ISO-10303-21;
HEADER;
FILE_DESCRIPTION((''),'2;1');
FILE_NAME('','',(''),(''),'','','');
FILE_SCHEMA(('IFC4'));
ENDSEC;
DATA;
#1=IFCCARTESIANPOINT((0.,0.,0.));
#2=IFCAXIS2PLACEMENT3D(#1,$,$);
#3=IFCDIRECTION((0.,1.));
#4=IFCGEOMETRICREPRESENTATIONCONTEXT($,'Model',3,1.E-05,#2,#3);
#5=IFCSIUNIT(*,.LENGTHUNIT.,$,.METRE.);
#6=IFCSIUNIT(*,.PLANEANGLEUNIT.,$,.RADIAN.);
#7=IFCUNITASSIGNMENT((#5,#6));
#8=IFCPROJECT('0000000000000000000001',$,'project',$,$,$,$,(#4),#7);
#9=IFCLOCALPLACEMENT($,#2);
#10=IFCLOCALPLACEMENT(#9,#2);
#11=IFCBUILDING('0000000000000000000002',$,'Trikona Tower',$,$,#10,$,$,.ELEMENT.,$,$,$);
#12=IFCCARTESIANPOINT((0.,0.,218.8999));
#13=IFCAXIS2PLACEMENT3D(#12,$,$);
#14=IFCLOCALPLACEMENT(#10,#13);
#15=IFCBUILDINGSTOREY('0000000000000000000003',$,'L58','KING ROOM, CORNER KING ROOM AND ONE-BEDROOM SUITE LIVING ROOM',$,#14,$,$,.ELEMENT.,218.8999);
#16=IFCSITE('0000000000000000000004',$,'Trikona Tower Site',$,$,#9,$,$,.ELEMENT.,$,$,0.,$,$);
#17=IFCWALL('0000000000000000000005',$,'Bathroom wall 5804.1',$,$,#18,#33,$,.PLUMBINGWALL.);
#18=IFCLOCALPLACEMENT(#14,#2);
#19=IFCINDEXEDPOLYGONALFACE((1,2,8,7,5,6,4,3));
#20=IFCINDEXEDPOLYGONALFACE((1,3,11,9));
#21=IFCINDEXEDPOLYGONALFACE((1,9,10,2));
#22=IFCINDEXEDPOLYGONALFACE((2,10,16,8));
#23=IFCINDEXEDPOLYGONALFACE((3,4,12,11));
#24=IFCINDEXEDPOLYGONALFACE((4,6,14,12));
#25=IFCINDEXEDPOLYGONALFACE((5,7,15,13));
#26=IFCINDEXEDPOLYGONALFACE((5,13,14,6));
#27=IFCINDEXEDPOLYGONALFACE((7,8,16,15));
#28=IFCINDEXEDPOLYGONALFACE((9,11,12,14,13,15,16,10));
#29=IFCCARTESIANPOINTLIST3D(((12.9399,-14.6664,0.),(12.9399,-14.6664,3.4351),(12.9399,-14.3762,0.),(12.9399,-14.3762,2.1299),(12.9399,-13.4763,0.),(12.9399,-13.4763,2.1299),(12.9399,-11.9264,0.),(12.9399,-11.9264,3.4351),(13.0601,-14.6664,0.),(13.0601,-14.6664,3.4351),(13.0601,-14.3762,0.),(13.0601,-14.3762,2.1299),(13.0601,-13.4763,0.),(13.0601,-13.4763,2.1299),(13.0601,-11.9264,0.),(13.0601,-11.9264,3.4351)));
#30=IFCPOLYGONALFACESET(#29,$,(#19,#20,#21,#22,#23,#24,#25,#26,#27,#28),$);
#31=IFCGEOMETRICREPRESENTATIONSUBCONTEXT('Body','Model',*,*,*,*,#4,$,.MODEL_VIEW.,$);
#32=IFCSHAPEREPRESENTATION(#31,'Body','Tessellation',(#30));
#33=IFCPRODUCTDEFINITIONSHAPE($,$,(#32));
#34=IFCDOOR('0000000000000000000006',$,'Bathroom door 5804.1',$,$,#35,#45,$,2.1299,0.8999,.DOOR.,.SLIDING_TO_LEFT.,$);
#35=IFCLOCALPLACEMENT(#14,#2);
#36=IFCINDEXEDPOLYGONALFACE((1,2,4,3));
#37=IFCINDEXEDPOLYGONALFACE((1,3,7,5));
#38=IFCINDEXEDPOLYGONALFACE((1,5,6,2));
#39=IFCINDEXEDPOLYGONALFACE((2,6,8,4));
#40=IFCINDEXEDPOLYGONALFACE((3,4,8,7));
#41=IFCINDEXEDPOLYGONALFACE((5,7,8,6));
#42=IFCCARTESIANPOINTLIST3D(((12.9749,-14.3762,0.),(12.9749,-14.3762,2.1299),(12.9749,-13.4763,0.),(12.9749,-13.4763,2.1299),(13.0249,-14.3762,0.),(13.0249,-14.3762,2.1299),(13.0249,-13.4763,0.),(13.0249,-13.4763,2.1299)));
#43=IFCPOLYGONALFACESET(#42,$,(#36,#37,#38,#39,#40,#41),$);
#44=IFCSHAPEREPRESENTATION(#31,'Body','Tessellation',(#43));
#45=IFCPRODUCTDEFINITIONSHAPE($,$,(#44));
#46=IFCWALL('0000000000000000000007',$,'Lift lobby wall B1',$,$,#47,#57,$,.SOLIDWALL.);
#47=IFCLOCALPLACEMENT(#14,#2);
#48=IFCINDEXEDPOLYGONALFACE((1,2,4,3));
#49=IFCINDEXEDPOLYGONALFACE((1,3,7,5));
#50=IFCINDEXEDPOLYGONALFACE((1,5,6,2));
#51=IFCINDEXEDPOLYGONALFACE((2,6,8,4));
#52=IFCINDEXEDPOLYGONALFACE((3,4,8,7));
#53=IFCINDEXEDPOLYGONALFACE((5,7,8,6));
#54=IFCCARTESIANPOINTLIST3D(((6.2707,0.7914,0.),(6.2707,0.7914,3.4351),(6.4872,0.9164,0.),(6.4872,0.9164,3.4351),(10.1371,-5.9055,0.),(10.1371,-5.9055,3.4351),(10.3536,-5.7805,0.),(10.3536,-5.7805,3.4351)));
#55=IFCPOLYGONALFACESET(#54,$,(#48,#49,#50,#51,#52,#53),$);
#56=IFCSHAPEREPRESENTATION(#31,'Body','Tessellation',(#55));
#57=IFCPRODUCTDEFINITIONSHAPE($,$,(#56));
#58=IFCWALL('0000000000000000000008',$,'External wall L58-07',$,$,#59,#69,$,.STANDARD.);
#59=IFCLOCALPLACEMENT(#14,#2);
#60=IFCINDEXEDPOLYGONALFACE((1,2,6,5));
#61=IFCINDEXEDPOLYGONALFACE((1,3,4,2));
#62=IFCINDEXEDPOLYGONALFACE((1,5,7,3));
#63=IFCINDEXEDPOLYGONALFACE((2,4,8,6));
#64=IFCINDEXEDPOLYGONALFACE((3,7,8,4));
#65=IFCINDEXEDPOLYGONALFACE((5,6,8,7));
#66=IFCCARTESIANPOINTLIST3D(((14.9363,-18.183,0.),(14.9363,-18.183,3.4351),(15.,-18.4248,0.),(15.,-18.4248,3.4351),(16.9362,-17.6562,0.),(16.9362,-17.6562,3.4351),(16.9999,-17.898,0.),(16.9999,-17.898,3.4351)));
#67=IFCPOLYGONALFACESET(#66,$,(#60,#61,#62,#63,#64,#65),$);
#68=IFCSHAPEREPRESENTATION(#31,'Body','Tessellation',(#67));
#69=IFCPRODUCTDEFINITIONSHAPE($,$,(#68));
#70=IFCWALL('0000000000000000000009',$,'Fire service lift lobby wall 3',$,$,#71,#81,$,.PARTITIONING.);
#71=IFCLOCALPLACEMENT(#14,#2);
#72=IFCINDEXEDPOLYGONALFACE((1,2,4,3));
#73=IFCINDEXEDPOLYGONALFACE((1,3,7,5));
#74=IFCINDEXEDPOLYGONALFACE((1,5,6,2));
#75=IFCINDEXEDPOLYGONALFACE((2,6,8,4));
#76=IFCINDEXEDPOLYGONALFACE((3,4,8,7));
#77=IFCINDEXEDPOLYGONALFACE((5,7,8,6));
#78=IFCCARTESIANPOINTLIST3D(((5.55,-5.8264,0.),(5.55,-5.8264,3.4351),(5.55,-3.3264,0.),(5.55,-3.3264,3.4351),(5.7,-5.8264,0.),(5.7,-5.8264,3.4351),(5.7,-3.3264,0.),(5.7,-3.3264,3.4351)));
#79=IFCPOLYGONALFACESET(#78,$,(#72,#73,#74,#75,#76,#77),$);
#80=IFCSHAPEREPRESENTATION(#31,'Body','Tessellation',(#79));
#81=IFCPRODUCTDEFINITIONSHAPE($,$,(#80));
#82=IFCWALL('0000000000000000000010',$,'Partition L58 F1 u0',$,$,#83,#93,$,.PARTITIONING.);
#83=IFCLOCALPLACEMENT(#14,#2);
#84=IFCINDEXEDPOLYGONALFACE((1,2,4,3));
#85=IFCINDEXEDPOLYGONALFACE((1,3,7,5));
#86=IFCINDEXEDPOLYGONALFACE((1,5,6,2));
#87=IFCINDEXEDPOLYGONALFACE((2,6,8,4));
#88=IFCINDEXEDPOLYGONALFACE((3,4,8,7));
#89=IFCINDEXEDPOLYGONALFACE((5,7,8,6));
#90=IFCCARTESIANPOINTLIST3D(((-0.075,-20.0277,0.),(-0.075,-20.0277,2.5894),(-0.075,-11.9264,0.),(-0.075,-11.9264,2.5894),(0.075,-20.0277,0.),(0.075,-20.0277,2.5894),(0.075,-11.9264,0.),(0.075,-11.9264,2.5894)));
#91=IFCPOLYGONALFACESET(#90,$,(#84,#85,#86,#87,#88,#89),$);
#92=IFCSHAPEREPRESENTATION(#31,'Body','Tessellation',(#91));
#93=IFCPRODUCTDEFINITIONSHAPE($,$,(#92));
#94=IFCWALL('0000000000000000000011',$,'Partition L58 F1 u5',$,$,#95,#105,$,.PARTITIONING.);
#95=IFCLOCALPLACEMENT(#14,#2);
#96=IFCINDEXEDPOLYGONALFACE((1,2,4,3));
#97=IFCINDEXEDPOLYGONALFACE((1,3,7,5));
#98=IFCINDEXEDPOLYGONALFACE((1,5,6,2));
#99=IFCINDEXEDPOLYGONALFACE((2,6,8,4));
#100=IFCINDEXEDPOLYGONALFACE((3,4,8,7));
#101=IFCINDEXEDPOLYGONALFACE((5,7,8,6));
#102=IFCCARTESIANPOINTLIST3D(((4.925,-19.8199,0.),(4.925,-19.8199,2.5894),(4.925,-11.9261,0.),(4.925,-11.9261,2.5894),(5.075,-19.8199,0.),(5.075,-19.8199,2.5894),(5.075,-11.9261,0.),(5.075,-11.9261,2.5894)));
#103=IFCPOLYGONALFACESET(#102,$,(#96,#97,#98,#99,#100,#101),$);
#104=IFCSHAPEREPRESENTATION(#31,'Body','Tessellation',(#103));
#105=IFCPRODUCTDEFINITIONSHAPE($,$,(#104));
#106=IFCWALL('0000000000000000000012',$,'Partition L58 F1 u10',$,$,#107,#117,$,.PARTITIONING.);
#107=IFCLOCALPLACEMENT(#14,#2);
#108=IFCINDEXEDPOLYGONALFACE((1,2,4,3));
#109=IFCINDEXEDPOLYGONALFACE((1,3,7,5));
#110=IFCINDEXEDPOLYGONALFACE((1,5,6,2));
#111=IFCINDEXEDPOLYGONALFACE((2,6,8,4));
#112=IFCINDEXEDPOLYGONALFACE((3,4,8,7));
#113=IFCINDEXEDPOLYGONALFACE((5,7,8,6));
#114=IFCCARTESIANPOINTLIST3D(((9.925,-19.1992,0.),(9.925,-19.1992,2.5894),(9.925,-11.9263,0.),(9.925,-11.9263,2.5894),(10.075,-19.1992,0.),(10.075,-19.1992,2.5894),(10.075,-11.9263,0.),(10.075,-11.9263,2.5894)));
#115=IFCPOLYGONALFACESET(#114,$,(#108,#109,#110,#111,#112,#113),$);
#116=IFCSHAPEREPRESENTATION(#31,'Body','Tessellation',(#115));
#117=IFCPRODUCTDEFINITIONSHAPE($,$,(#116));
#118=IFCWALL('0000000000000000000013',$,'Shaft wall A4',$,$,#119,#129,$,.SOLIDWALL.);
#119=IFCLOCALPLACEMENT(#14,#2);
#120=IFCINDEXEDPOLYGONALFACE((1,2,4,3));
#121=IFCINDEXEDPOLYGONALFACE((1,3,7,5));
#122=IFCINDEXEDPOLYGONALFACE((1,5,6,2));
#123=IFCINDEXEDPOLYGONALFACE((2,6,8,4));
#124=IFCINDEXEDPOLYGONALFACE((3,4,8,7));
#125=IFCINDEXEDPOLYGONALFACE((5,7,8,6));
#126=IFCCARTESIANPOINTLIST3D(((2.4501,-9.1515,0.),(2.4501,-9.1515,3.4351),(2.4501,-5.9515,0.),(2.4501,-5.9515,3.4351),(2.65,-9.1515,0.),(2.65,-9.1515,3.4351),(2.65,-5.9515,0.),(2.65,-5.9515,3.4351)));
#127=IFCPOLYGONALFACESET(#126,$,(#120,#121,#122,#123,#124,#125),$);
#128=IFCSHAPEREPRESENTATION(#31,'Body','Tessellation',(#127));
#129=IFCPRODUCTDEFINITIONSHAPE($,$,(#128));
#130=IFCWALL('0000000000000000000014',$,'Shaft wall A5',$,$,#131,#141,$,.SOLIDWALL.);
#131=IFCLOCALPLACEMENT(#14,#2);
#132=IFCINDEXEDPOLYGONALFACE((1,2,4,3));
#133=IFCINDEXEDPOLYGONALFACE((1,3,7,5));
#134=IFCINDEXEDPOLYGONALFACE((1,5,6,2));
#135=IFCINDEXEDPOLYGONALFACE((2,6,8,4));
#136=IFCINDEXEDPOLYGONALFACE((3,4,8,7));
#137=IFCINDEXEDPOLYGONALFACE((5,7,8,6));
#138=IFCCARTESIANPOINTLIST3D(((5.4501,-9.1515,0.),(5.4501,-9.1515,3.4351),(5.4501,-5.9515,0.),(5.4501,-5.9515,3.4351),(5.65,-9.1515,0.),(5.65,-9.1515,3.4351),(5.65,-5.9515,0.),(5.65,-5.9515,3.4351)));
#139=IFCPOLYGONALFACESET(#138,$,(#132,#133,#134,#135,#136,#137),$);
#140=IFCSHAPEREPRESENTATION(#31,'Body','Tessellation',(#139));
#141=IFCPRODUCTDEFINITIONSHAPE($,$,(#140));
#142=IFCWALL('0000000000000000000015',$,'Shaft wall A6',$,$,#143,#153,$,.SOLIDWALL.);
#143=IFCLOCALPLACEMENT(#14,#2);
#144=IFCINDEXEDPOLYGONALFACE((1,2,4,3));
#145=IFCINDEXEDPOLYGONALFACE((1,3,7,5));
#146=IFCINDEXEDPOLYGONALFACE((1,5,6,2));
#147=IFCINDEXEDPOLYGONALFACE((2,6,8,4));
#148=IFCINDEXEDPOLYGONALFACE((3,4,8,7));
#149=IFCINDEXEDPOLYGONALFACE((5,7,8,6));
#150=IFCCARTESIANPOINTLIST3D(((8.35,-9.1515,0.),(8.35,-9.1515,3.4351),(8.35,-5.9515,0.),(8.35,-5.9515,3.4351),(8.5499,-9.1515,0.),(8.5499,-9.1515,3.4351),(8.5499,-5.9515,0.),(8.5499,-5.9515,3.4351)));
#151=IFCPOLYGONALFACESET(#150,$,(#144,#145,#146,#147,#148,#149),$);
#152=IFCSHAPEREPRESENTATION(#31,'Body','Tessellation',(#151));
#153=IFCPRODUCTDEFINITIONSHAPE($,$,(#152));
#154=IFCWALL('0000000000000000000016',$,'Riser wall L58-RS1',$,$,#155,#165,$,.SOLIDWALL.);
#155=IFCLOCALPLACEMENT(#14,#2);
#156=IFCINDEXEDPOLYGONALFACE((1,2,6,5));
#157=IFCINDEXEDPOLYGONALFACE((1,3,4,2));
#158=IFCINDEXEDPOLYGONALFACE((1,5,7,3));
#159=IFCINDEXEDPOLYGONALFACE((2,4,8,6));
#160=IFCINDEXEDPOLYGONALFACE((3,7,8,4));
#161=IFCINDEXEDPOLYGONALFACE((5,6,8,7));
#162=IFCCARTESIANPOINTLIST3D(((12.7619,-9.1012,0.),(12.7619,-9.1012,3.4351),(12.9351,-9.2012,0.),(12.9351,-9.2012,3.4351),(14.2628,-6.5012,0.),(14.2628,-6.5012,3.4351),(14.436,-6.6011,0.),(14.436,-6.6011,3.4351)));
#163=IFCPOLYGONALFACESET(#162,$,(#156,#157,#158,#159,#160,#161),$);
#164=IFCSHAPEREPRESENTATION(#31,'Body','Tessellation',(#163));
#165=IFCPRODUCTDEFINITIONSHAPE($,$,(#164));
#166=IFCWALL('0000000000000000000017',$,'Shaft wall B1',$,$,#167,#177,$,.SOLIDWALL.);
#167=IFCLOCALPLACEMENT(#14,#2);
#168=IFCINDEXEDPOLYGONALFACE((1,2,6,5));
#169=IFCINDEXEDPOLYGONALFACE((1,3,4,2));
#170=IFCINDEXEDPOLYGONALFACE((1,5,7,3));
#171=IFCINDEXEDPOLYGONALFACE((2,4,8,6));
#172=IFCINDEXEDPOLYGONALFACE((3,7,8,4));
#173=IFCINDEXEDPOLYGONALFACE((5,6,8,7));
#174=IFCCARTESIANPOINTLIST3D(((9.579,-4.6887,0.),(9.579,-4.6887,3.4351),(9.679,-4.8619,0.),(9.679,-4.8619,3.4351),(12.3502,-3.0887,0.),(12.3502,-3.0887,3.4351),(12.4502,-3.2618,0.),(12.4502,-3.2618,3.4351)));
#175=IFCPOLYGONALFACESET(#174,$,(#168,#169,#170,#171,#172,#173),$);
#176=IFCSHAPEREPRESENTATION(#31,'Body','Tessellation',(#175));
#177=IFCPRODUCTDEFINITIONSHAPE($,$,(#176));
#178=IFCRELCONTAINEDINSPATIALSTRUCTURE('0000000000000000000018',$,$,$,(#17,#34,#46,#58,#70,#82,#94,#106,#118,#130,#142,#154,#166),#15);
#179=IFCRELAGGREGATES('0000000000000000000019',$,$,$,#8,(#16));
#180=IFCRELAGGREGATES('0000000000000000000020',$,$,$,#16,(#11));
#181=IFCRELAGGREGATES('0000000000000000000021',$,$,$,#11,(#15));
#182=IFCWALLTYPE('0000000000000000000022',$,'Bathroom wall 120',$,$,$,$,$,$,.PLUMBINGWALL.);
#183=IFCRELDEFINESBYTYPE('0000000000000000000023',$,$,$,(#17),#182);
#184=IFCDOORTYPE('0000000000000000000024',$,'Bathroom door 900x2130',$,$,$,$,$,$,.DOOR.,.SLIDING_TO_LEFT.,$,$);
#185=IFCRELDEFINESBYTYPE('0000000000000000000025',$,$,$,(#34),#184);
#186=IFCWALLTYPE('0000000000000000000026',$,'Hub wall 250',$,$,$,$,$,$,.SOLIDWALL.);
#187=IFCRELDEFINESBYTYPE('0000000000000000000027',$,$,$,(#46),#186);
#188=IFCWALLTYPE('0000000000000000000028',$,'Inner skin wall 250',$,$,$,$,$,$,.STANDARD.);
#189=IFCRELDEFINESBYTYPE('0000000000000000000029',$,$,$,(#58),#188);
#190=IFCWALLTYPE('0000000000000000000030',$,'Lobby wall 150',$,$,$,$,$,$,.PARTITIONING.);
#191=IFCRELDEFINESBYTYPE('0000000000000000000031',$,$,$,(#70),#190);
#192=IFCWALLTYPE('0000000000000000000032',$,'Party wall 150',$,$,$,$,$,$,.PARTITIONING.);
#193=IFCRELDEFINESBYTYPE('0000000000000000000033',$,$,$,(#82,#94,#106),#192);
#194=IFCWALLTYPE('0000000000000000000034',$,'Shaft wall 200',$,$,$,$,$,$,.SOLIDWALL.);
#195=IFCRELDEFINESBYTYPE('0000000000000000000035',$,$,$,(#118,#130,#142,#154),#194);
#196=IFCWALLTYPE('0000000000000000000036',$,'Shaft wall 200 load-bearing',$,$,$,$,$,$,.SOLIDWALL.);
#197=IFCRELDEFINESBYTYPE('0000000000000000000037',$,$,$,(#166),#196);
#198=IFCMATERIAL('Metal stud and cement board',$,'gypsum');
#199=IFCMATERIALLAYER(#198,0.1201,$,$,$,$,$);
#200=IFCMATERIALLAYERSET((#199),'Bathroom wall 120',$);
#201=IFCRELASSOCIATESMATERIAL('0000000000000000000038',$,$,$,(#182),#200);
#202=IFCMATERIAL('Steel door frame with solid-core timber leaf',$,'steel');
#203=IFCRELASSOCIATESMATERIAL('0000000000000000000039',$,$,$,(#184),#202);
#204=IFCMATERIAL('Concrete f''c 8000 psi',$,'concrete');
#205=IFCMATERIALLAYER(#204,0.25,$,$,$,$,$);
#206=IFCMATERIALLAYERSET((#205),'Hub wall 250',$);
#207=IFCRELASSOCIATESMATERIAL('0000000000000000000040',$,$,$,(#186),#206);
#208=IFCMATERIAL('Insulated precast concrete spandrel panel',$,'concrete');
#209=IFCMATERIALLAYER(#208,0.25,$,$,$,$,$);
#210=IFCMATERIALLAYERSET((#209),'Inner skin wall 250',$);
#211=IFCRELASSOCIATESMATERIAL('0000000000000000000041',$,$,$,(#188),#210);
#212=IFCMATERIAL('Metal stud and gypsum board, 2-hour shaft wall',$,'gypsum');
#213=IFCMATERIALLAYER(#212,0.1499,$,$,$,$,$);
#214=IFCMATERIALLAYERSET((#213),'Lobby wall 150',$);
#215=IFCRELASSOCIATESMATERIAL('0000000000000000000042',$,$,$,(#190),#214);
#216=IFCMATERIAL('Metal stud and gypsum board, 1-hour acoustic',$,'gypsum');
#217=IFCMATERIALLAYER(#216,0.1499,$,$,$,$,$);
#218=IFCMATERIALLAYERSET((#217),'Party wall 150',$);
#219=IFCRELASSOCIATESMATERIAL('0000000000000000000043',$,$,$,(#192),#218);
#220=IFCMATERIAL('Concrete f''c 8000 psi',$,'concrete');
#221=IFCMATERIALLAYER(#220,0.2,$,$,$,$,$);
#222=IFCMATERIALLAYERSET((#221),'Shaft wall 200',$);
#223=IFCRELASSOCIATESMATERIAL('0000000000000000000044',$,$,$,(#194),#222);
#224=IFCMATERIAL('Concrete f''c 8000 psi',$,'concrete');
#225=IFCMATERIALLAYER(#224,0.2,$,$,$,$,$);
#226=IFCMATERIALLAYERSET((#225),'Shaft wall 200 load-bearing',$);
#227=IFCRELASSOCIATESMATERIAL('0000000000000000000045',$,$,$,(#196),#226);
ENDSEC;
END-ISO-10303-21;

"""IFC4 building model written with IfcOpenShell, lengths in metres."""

from ifc_helpers import new_model, si_unit, direction, frame, frame_2d, origin, place, context, subcontext, project, spatial, rectangle, extrude, material, layer, layer_set, type_object, element, fill, save


model = new_model("IFC4")

# Units and contexts
model_context = context("Model", 3, precision=1e-05, world=origin(), true_north=direction((0.0, 1.0)))
body_context = subcontext(model_context, "Body", "Model", "MODEL_VIEW")
ifc_project = project(units=[si_unit("LENGTHUNIT", "METRE"), si_unit("PLANEANGLEUNIT", "RADIAN")], contexts=[model_context])

# Site, building, storey
site_placement = place(None, origin())
site = spatial("IfcSite", under=ifc_project, at=site_placement, Name="Trikona Tower Site", CompositionType="ELEMENT", RefElevation=0.0)
building_placement = place(site_placement, origin())
building = spatial("IfcBuilding", under=site, at=building_placement, Name="Trikona Tower", CompositionType="ELEMENT")
storey_placement = place(building_placement, frame((0.0, 0.0, 218.8999)))
storey = spatial("IfcBuildingStorey", under=building, at=storey_placement, Name="L58", Description="KING ROOM, CORNER KING ROOM AND ONE-BEDROOM SUITE LIVING ROOM", CompositionType="ELEMENT", Elevation=218.8999)

# Shared definitions
ifc_material_1 = material(Name="Metal stud and cement board", Category="gypsum")
ifc_layer_1 = layer(ifc_material_1, 0.1201)
ifc_layer_set_1 = layer_set([ifc_layer_1], Name="Bathroom wall 120")
wall_type_1 = type_object("IfcWallType", Name="Bathroom wall 120", PredefinedType="PLUMBINGWALL", material=ifc_layer_set_1)

# Shared definitions
ifc_material_2 = material(Name="Steel door frame with solid-core timber leaf", Category="steel")
door_type_1 = type_object("IfcDoorType", Name="Bathroom door 900x2130", OperationType="SLIDING_TO_LEFT", PredefinedType="DOOR", material=ifc_material_2)

# Wall, opening, door
wall_1_placement = place(storey_placement, frame((13.0, -11.9263, 0.0), z_axis=(0.0, 0.0, 1.0), x_axis=(0.0, -1.0, 0.0)))
wall_1 = element("IfcWall", 1, at=wall_1_placement, inside=storey, type_object=wall_type_1, Name="Bathroom wall 5804.1", PredefinedType="PLUMBINGWALL", context=body_context, shape_type="SweptSolid", body=[
    extrude(rectangle(XDim=2.74, YDim=0.1201, at=frame_2d((1.3701, 0.0))), origin(), (0.0, 0.0, 1.0), 3.4351),
])
opening_1_placement = place(wall_1_placement, frame((1.55, 0.0, 0.0)))
opening_1 = element("IfcOpeningElement", 2, at=opening_1_placement, cuts=wall_1, PredefinedType="OPENING", context=body_context, shape_type="SweptSolid", body=[
    extrude(rectangle(XDim=0.8999, YDim=2.1299, at=frame_2d((0.45, 1.0649))), frame((0.0, 0.0701, 0.0), z_axis=(0.0, -1.0, 0.0), x_axis=(1.0, 0.0, 0.0)), (0.0, 0.0, 1.0), 0.1401),
])
door_1_placement = place(opening_1_placement, origin())
door_1 = element("IfcDoor", 3, at=door_1_placement, inside=storey, type_object=door_type_1, Name="Bathroom door 5804.1", OperationType="SLIDING_TO_LEFT", OverallHeight=2.1299, OverallWidth=0.8999, PredefinedType="DOOR", context=body_context, shape_type="SweptSolid", body=[
    extrude(rectangle(XDim=0.8999, YDim=2.1299, at=frame_2d((0.45, 1.0649))), frame((0.0, 0.0249, 0.0), z_axis=(0.0, -1.0, 0.0), x_axis=(1.0, 0.0, 0.0)), (0.0, 0.0, 1.0), 0.05),
])
fill(opening_1, door_1)

# Walls
ifc_material_3 = material(Name="Concrete f'c 8000 psi", Category="concrete")
ifc_layer_2 = layer(ifc_material_3, 0.25)
ifc_layer_set_2 = layer_set([ifc_layer_2], Name="Hub wall 250")
wall_type_2 = type_object("IfcWallType", Name="Hub wall 250", PredefinedType="SOLIDWALL", material=ifc_layer_set_2)
wall_2_placement = place(storey_placement, frame((10.2454, -5.843, 0.0), z_axis=(0.0, 0.0, 1.0), x_axis=(-0.499993, 0.866029, 0.0)))
element("IfcWall", 4, at=wall_2_placement, inside=storey, type_object=wall_type_2, Name="Lift lobby wall B1", PredefinedType="SOLIDWALL", context=body_context, shape_type="SweptSolid", body=[
    extrude(rectangle(XDim=7.7329, YDim=0.25, at=frame_2d((3.8665, 0.0))), origin(), (0.0, 0.0, 1.0), 3.4351),
])
ifc_material_4 = material(Name="Insulated precast concrete spandrel panel", Category="concrete")
ifc_layer_3 = layer(ifc_material_4, 0.25)
ifc_layer_set_3 = layer_set([ifc_layer_3], Name="Inner skin wall 250")
wall_type_3 = type_object("IfcWallType", Name="Inner skin wall 250", PredefinedType="STANDARD", material=ifc_layer_set_3)
wall_3_placement = place(storey_placement, frame((14.968, -18.304, 0.0), z_axis=(0.0, 0.0, 1.0), x_axis=(0.96701, 0.254737, 0.0)))
element("IfcWall", 5, at=wall_3_placement, inside=storey, type_object=wall_type_3, Name="External wall L58-07", PredefinedType="STANDARD", context=body_context, shape_type="SweptSolid", body=[
    extrude(rectangle(XDim=2.0681, YDim=0.25, at=frame_2d((1.0342, 0.0))), origin(), (0.0, 0.0, 1.0), 3.4351),
])
ifc_material_5 = material(Name="Metal stud and gypsum board, 2-hour shaft wall", Category="gypsum")
ifc_layer_4 = layer(ifc_material_5, 0.1499)
ifc_layer_set_4 = layer_set([ifc_layer_4], Name="Lobby wall 150")
wall_type_4 = type_object("IfcWallType", Name="Lobby wall 150", PredefinedType="PARTITIONING", material=ifc_layer_set_4)
wall_4_placement = place(storey_placement, frame((5.625, -5.8264, 0.0), z_axis=(0.0, 0.0, 1.0), x_axis=(0.0, 1.0, 0.0)))
element("IfcWall", 6, at=wall_4_placement, inside=storey, type_object=wall_type_4, Name="Fire service lift lobby wall 3", PredefinedType="PARTITIONING", context=body_context, shape_type="SweptSolid", body=[
    extrude(rectangle(XDim=2.5, YDim=0.1499, at=frame_2d((1.25, 0.0))), origin(), (0.0, 0.0, 1.0), 3.4351),
])
ifc_material_6 = material(Name="Metal stud and gypsum board, 1-hour acoustic", Category="gypsum")
ifc_layer_5 = layer(ifc_material_6, 0.1499)
ifc_layer_set_5 = layer_set([ifc_layer_5], Name="Party wall 150")
wall_type_5 = type_object("IfcWallType", Name="Party wall 150", PredefinedType="PARTITIONING", material=ifc_layer_set_5)
wall_5_placement = place(storey_placement, frame((0.0, -11.9263, 0.0), z_axis=(0.0, 0.0, 1.0), x_axis=(0.0, -1.0, 0.0)))
element("IfcWall", 7, at=wall_5_placement, inside=storey, type_object=wall_type_5, Name="Partition L58 F1 u0", PredefinedType="PARTITIONING", context=body_context, shape_type="SweptSolid", body=[
    extrude(rectangle(XDim=8.1013, YDim=0.1499, at=frame_2d((4.0508, 0.0))), origin(), (0.0, 0.0, 1.0), 2.5894),
])
wall_6_placement = place(storey_placement, frame((5.0, -11.9263, 0.0), z_axis=(0.0, 0.0, 1.0), x_axis=(0.0, -1.0, 0.0)))
element("IfcWall", 8, at=wall_6_placement, inside=storey, type_object=wall_type_5, Name="Partition L58 F1 u5", PredefinedType="PARTITIONING", context=body_context, shape_type="SweptSolid", body=[
    extrude(rectangle(XDim=7.8938, YDim=0.1499, at=frame_2d((3.9468, 0.0))), origin(), (0.0, 0.0, 1.0), 2.5894),
])
wall_7_placement = place(storey_placement, frame((10.0, -11.9263, 0.0), z_axis=(0.0, 0.0, 1.0), x_axis=(0.0, -1.0, 0.0)))
element("IfcWall", 9, at=wall_7_placement, inside=storey, type_object=wall_type_5, Name="Partition L58 F1 u10", PredefinedType="PARTITIONING", context=body_context, shape_type="SweptSolid", body=[
    extrude(rectangle(XDim=7.2729, YDim=0.1499, at=frame_2d((3.6365, 0.0))), origin(), (0.0, 0.0, 1.0), 2.5894),
])
ifc_material_7 = material(Name="Concrete f'c 8000 psi", Category="concrete")
ifc_layer_6 = layer(ifc_material_7, 0.2)
ifc_layer_set_6 = layer_set([ifc_layer_6], Name="Shaft wall 200")
wall_type_6 = type_object("IfcWallType", Name="Shaft wall 200", PredefinedType="SOLIDWALL", material=ifc_layer_set_6)
for number, where, z_axis, x_axis, name in (
    (10, (2.55, -5.9514, 0.0), (0.0, 0.0, 1.0), (0.0, -1.0, 0.0), "Shaft wall A4"),
    (11, (5.55, -5.9514, 0.0), (0.0, 0.0, 1.0), (0.0, -1.0, 0.0), "Shaft wall A5"),
    (12, (8.45, -5.9514, 0.0), (0.0, 0.0, 1.0), (0.0, -1.0, 0.0), "Shaft wall A6"),
):
    element("IfcWall", number, at=place(storey_placement, frame(where, z_axis=z_axis, x_axis=x_axis)), inside=storey, type_object=wall_type_6, Name=name, PredefinedType="SOLIDWALL", context=body_context, shape_type="SweptSolid", body=[
        extrude(rectangle(XDim=3.2, YDim=0.2, at=frame_2d((1.6001, 0.0))), origin(), (0.0, 0.0, 1.0), 3.4351),
    ])
wall_8_placement = place(storey_placement, frame((14.3494, -6.5513, 0.0), z_axis=(0.0, 0.0, 1.0), x_axis=(-0.499952, -0.866053, 0.0)))
element("IfcWall", 13, at=wall_8_placement, inside=storey, type_object=wall_type_6, Name="Riser wall L58-RS1", PredefinedType="SOLIDWALL", context=body_context, shape_type="SweptSolid", body=[
    extrude(rectangle(XDim=3.0022, YDim=0.2, at=frame_2d((1.501, 0.0))), origin(), (0.0, 0.0, 1.0), 3.4351),
])
ifc_material_8 = material(Name="Concrete f'c 8000 psi", Category="concrete")
ifc_layer_7 = layer(ifc_material_8, 0.2)
ifc_layer_set_7 = layer_set([ifc_layer_7], Name="Shaft wall 200 load-bearing")
wall_type_7 = type_object("IfcWallType", Name="Shaft wall 200 load-bearing", PredefinedType="SOLIDWALL", material=ifc_layer_set_7)
wall_9_placement = place(storey_placement, frame((9.6289, -4.7754, 0.0), z_axis=(0.0, 0.0, 1.0), x_axis=(0.866009, 0.500028, 0.0)))
element("IfcWall", 14, at=wall_9_placement, inside=storey, type_object=wall_type_7, Name="Shaft wall B1", PredefinedType="SOLIDWALL", context=body_context, shape_type="SweptSolid", body=[
    extrude(rectangle(XDim=3.2, YDim=0.2, at=frame_2d((1.6001, 0.0))), origin(), (0.0, 0.0, 1.0), 3.4351),
])

save(model, "model.ifc")
